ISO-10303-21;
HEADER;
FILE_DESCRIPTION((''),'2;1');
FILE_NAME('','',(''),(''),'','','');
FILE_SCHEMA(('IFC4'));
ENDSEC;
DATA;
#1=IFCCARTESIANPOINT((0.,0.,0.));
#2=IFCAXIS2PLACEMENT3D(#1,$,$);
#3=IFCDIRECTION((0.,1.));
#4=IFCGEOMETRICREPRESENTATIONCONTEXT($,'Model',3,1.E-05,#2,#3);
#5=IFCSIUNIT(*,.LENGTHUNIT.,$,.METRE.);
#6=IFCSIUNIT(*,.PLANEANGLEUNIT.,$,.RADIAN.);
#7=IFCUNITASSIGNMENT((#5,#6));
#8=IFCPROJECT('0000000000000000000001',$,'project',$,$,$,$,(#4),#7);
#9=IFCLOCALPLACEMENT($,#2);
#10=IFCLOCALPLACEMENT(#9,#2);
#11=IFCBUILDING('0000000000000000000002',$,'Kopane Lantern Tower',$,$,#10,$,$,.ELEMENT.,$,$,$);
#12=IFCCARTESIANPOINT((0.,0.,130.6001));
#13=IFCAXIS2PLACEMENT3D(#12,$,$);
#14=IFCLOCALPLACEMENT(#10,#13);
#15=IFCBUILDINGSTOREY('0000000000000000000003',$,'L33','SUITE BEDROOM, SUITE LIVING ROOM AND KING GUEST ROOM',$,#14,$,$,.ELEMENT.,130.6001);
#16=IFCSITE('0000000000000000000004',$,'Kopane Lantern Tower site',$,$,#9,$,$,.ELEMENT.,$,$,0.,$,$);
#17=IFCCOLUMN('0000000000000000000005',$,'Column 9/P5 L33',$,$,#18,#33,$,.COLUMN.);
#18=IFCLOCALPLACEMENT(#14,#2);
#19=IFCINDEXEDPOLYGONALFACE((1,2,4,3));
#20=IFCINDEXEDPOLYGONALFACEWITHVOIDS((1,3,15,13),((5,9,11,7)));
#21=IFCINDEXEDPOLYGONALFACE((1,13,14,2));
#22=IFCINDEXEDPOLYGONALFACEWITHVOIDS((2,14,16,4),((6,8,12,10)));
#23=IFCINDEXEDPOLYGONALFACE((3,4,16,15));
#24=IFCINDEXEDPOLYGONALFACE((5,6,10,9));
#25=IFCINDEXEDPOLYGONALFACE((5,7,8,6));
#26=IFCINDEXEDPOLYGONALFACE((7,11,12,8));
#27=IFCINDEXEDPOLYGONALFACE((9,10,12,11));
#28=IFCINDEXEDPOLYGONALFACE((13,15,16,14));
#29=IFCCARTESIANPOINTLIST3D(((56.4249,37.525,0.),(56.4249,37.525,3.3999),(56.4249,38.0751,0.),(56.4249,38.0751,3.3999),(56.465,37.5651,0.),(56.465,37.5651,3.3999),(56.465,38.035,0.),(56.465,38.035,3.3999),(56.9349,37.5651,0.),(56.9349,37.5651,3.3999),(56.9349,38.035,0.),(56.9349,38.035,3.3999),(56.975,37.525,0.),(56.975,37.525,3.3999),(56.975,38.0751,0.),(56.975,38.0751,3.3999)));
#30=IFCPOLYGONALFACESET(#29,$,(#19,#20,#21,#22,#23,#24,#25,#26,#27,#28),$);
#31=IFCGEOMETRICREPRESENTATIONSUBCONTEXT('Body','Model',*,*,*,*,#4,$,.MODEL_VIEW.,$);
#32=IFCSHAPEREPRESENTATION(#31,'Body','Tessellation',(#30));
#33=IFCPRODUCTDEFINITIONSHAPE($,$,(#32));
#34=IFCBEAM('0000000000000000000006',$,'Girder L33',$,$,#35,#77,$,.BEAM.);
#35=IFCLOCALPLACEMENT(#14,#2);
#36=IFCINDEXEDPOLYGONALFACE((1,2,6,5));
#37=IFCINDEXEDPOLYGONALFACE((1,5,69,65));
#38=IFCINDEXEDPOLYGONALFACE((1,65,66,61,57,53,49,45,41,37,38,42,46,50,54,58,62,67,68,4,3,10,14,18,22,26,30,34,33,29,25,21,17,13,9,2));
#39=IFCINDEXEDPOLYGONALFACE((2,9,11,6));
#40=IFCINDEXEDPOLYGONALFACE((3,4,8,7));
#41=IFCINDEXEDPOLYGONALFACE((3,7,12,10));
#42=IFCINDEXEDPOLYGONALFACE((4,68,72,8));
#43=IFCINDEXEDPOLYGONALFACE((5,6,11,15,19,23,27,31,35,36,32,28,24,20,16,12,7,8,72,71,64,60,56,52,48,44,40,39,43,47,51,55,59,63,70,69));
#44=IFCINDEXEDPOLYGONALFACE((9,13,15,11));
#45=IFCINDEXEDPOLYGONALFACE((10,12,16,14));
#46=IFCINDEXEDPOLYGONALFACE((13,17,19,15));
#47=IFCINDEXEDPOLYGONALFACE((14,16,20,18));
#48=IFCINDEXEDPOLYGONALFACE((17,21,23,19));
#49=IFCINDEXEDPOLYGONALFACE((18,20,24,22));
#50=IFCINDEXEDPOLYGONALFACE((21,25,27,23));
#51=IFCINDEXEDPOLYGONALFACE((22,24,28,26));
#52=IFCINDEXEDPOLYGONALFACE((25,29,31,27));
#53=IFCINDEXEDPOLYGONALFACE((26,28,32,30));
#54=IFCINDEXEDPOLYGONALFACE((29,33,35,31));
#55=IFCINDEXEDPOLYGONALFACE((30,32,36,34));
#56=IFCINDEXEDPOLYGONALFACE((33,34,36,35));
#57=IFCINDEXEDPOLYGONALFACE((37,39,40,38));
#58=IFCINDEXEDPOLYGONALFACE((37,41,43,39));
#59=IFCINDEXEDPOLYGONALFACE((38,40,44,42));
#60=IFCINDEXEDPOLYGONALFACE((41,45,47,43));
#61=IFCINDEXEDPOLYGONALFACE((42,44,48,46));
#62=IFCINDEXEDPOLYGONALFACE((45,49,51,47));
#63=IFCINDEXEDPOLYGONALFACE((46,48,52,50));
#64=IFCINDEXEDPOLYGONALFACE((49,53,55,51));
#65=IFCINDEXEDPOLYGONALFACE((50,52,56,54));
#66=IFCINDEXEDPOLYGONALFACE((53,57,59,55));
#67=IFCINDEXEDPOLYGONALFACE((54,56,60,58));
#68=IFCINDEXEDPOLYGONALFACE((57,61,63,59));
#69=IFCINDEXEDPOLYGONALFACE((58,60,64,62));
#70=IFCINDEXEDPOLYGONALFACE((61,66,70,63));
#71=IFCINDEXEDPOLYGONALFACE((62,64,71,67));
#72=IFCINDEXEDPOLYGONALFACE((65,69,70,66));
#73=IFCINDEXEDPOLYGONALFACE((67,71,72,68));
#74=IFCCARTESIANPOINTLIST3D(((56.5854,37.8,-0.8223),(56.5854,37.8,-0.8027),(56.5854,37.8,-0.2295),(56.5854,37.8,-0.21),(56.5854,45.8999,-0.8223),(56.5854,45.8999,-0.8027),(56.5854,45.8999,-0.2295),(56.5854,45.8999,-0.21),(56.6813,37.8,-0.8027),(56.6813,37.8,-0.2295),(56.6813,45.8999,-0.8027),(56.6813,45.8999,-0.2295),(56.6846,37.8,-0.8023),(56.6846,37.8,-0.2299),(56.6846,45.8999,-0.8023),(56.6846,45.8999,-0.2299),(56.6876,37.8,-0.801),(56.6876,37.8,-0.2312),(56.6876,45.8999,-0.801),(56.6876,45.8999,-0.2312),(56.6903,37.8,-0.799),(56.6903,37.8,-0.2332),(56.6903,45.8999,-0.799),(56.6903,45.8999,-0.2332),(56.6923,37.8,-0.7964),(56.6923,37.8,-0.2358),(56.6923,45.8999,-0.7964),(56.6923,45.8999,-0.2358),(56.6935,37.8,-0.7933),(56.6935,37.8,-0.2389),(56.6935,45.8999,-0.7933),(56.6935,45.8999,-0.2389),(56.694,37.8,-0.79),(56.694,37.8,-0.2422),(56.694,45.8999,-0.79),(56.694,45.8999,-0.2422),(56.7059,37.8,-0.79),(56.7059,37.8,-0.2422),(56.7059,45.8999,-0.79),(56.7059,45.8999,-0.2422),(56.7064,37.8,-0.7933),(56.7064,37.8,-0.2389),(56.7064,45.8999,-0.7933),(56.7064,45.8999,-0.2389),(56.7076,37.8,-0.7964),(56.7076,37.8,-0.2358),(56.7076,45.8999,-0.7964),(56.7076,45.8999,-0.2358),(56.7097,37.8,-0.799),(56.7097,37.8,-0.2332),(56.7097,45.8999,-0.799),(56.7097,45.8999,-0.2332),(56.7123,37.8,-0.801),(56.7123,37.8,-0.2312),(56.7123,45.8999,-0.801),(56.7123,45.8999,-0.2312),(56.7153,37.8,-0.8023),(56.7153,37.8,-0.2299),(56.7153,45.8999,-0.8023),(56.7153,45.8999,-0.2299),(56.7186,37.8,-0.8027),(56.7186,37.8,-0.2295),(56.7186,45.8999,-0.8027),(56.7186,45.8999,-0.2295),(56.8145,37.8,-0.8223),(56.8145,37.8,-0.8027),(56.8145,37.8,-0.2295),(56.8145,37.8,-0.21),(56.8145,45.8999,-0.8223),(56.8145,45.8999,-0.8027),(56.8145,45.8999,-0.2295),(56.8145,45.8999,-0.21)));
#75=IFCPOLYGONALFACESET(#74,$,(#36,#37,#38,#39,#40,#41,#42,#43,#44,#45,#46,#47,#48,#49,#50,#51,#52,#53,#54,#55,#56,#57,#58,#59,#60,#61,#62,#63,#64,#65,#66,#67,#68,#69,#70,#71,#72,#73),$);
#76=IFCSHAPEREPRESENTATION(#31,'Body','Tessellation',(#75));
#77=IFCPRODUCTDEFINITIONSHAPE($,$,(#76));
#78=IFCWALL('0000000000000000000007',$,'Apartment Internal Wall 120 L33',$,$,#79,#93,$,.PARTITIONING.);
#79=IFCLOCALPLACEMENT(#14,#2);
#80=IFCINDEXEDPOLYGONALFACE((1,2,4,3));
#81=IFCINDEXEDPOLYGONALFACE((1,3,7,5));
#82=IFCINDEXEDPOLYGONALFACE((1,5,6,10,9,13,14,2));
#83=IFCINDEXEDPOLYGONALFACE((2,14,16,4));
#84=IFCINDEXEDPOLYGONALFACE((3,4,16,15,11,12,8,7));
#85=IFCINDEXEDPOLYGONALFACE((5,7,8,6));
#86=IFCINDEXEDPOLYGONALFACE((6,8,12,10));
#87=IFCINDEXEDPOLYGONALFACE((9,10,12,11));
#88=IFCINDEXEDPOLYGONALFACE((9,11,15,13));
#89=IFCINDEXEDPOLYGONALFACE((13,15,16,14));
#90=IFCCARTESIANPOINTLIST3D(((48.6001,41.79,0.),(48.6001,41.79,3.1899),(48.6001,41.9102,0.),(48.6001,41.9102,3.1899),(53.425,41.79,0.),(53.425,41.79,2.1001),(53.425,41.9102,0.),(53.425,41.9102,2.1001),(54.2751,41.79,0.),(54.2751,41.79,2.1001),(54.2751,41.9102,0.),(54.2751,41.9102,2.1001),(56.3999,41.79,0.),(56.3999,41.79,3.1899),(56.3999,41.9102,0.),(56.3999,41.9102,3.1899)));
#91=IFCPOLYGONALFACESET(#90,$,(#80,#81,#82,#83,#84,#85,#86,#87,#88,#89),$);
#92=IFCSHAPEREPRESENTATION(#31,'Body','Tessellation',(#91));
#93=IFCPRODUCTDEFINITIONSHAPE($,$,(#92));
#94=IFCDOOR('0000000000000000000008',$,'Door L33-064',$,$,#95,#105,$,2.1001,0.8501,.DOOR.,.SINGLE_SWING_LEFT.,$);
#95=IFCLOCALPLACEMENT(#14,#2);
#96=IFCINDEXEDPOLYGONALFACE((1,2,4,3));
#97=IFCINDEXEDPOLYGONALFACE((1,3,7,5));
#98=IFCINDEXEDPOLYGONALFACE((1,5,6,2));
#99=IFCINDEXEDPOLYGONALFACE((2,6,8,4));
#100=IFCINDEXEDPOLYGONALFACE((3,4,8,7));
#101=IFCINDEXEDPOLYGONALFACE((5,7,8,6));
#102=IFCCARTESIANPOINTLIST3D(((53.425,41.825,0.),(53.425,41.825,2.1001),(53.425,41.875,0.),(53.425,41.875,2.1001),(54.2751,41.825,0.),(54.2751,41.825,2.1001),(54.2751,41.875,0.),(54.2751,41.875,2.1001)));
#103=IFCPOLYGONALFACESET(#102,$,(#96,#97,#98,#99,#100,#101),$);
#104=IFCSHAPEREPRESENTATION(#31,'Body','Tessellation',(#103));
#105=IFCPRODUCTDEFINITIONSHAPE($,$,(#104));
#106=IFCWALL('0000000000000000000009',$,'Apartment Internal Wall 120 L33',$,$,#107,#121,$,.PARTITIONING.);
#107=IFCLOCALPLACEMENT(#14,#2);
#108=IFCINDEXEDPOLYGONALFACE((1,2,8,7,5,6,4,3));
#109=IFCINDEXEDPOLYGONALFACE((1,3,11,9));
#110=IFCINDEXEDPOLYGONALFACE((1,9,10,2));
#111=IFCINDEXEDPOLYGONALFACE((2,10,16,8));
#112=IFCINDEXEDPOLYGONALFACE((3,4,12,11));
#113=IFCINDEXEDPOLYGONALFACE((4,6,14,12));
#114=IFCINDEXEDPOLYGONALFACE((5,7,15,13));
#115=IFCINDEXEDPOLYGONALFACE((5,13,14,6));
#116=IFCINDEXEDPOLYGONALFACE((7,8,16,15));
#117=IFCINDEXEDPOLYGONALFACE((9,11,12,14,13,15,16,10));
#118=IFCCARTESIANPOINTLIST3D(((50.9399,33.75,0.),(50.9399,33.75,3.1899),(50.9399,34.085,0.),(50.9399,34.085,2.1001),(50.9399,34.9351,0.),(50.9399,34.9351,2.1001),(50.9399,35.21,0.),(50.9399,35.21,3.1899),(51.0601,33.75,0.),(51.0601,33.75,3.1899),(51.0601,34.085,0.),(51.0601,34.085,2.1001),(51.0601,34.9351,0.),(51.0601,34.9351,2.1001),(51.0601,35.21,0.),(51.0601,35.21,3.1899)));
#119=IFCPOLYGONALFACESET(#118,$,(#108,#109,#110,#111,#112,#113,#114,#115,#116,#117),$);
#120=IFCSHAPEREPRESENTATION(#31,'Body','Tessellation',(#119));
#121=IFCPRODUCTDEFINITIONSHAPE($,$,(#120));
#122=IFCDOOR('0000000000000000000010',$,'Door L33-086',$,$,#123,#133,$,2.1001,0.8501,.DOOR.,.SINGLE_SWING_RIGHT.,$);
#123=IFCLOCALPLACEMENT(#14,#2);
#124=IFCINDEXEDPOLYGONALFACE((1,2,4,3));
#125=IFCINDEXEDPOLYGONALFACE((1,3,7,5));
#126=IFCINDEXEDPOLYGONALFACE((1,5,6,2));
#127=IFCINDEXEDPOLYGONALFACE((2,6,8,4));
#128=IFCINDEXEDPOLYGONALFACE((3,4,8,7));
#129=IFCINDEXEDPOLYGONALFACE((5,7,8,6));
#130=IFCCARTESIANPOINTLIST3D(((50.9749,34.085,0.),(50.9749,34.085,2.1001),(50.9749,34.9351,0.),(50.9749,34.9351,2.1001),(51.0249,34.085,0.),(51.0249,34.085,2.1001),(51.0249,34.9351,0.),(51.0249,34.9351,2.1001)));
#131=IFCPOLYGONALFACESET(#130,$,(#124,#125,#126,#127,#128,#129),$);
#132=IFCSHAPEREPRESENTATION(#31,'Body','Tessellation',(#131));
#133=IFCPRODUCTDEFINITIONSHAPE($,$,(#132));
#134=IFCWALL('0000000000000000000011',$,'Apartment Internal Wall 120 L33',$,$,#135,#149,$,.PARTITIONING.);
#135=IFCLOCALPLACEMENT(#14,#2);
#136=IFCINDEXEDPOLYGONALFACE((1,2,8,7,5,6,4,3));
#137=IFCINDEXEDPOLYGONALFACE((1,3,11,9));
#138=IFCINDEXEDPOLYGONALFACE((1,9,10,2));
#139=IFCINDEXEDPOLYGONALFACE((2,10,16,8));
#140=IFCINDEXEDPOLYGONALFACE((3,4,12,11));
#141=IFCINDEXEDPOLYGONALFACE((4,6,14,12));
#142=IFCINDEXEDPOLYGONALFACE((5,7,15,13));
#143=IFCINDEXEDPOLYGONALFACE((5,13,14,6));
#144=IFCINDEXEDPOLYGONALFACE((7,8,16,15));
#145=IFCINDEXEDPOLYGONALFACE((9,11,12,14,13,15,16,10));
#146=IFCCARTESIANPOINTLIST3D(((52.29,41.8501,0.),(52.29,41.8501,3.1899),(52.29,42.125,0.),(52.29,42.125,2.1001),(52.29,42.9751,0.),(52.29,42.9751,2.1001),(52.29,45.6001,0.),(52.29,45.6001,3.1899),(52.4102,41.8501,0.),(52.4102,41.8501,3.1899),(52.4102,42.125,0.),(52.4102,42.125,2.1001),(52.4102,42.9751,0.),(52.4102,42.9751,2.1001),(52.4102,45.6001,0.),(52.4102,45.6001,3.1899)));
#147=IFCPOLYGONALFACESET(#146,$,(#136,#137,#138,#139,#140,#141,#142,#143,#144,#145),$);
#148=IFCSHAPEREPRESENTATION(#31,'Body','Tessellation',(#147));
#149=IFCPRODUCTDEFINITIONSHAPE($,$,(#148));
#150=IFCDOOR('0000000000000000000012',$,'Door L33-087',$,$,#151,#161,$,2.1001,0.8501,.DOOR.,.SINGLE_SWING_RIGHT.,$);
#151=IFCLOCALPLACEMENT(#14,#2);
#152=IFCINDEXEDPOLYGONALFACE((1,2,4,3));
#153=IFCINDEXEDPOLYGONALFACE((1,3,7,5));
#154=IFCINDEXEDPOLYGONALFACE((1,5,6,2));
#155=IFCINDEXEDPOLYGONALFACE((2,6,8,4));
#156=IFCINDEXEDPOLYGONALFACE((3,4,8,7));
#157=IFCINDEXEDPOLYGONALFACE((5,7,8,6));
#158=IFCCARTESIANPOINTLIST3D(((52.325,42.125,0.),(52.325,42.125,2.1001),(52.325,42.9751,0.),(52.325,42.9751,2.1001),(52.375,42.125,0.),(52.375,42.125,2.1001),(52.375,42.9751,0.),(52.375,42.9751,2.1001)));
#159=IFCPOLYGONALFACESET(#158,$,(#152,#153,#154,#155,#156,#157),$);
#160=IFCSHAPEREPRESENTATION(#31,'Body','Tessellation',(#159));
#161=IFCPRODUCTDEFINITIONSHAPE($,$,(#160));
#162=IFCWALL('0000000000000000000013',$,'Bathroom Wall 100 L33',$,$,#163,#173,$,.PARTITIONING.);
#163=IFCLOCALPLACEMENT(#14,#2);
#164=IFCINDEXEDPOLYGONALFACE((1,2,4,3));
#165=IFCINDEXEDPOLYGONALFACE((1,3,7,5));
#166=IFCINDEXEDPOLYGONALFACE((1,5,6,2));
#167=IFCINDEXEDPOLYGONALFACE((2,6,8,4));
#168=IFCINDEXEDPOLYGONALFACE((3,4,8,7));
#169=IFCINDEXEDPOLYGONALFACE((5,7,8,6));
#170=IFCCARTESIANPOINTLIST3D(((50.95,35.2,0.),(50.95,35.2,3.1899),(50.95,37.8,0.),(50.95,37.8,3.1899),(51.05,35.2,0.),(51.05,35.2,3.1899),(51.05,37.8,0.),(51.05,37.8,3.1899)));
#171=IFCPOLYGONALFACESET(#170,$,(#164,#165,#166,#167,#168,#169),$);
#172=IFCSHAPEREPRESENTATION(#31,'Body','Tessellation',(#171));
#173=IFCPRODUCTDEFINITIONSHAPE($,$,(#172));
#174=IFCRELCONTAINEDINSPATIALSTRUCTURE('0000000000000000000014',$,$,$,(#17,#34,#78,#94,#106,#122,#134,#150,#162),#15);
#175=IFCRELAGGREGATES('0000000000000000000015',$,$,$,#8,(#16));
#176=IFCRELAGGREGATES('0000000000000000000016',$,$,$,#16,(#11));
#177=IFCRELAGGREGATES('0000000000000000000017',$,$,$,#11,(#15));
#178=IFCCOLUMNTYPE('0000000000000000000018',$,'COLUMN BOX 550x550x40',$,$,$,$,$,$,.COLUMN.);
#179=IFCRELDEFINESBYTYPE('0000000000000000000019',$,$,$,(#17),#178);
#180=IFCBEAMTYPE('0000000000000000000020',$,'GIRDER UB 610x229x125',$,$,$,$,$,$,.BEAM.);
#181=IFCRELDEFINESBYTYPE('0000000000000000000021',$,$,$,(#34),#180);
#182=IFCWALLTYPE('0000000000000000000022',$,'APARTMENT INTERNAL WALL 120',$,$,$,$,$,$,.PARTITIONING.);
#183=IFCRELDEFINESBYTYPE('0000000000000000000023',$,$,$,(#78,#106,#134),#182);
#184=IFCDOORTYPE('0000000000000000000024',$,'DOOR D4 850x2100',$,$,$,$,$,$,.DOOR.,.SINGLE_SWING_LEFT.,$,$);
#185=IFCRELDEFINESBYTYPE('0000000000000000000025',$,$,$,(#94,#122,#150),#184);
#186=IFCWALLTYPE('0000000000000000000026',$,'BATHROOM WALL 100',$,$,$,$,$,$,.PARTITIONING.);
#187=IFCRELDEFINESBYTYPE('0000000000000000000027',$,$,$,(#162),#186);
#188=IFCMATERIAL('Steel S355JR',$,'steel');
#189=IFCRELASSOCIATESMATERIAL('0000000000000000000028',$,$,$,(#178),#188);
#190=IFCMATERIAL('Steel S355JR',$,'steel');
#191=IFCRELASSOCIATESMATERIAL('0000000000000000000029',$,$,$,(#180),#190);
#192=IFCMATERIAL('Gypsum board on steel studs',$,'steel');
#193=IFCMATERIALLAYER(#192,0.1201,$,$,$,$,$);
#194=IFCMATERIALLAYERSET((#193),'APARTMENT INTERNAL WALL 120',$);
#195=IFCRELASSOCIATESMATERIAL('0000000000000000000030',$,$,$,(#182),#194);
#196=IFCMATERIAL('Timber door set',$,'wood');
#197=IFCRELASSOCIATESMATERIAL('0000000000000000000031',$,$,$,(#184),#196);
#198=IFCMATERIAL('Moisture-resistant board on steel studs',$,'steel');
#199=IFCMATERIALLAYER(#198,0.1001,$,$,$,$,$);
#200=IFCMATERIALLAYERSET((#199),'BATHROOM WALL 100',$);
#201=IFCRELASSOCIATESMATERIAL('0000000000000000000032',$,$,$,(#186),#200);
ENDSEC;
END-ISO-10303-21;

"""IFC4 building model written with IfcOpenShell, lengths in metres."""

from ifc_helpers import new_model, si_unit, direction, frame, frame_2d, origin, origin_2d, place, context, subcontext, project, spatial, rectangle, hollow_rectangle, i_section, extrude, material, layer, layer_set, material_profile, profile_set, type_object, element, fill, save


model = new_model("IFC4")

# Units and contexts
model_context = context("Model", 3, precision=1e-05, world=origin(), true_north=direction((0.0, 1.0)))
body_context = subcontext(model_context, "Body", "Model", "MODEL_VIEW")
ifc_project = project(units=[si_unit("LENGTHUNIT", "METRE"), si_unit("PLANEANGLEUNIT", "RADIAN")], contexts=[model_context])

# Site, building, storey
site_placement = place(None, origin())
site = spatial("IfcSite", under=ifc_project, at=site_placement, Name="Kopane Lantern Tower site", CompositionType="ELEMENT", RefElevation=0.0)
building_placement = place(site_placement, origin())
building = spatial("IfcBuilding", under=site, at=building_placement, Name="Kopane Lantern Tower", CompositionType="ELEMENT")
storey_placement = place(building_placement, frame((0.0, 0.0, 130.6001)))
storey = spatial("IfcBuildingStorey", under=building, at=storey_placement, Name="L33", Description="SUITE BEDROOM, SUITE LIVING ROOM AND KING GUEST ROOM", CompositionType="ELEMENT", Elevation=130.6001)

# Column
ifc_material_1 = material(Name="Steel S355JR", Category="steel")
ifc_material_profile_1 = material_profile(ifc_material_1, hollow_rectangle(XDim=0.55, YDim=0.55, WallThickness=0.04, at=origin_2d()), Name="BOX 550x550x40")
ifc_profile_set_1 = profile_set([ifc_material_profile_1], Name="Steel S355JR")
column_type = type_object("IfcColumnType", Name="COLUMN BOX 550x550x40", PredefinedType="COLUMN", material=ifc_profile_set_1)
column_placement = place(storey_placement, frame((56.7, 37.8, 0.0), z_axis=(0.0, 0.0, 1.0), x_axis=(1.0, 0.0, 0.0)))
element("IfcColumn", 1, at=column_placement, inside=storey, type_object=column_type, Name="Column 9/P5 L33", PredefinedType="COLUMN", context=body_context, shape_type="SweptSolid", body=[
    extrude(hollow_rectangle(XDim=0.55, YDim=0.55, WallThickness=0.04, at=origin_2d()), origin(), (0.0, 0.0, 1.0), 3.3999),
])

# Beam
ifc_material_2 = material(Name="Steel S355JR", Category="steel")
ifc_material_profile_2 = material_profile(ifc_material_2, i_section(OverallWidth=0.229, OverallDepth=0.6123, WebThickness=0.012, FlangeThickness=0.0195, FilletRadius=0.0127, at=origin_2d()), Name="UB 610x229x125")
ifc_profile_set_2 = profile_set([ifc_material_profile_2], Name="Steel S355JR")
beam_type = type_object("IfcBeamType", Name="GIRDER UB 610x229x125", PredefinedType="BEAM", material=ifc_profile_set_2)
beam_placement = place(storey_placement, frame((56.7, 37.8, -0.5161), z_axis=(0.0, 1.0, 0.0), x_axis=(-1.0, 0.0, 0.0)))
element("IfcBeam", 2, at=beam_placement, inside=storey, type_object=beam_type, Name="Girder L33", PredefinedType="BEAM", context=body_context, shape_type="SweptSolid", body=[
    extrude(i_section(OverallWidth=0.229, OverallDepth=0.6123, WebThickness=0.012, FlangeThickness=0.0195, FilletRadius=0.0127, at=origin_2d()), origin(), (0.0, 0.0, 1.0), 8.0999),
])

# Walls, openings, doors
ifc_material_3 = material(Name="Gypsum board on steel studs", Category="steel")
ifc_layer_1 = layer(ifc_material_3, 0.1201)
ifc_layer_set_1 = layer_set([ifc_layer_1], Name="APARTMENT INTERNAL WALL 120")
wall_type_1 = type_object("IfcWallType", Name="APARTMENT INTERNAL WALL 120", PredefinedType="PARTITIONING", material=ifc_layer_set_1)
wall_1_placement = place(storey_placement, frame((48.6001, 41.8501, 0.0), z_axis=(0.0, 0.0, 1.0), x_axis=(1.0, 0.0, 0.0)))
wall_1 = element("IfcWall", 3, at=wall_1_placement, inside=storey, type_object=wall_type_1, Name="Apartment Internal Wall 120 L33", PredefinedType="PARTITIONING", context=body_context, shape_type="SweptSolid", body=[
    extrude(rectangle(XDim=7.7998, YDim=0.1201, at=frame_2d((3.8999, 0.0))), origin(), (0.0, 0.0, 1.0), 3.1899),
])
opening_1_placement = place(wall_1_placement, frame((4.825, 0.0, 0.0)))
opening_1 = element("IfcOpeningElement", 4, at=opening_1_placement, cuts=wall_1, PredefinedType="OPENING", context=body_context, shape_type="SweptSolid", body=[
    extrude(rectangle(XDim=0.8501, YDim=2.1001, at=frame_2d((0.425, 1.05))), frame((0.0, 0.0701, 0.0), z_axis=(0.0, -1.0, 0.0), x_axis=(1.0, 0.0, 0.0)), (0.0, 0.0, 1.0), 0.1401),
])
ifc_material_4 = material(Name="Timber door set", Category="wood")
door_type_1 = type_object("IfcDoorType", Name="DOOR D4 850x2100", OperationType="SINGLE_SWING_LEFT", PredefinedType="DOOR", material=ifc_material_4)
door_1_placement = place(opening_1_placement, origin())
door_1 = element("IfcDoor", 5, at=door_1_placement, inside=storey, type_object=door_type_1, Name="Door L33-064", OperationType="SINGLE_SWING_LEFT", OverallHeight=2.1001, OverallWidth=0.8501, PredefinedType="DOOR", context=body_context, shape_type="SweptSolid", body=[
    extrude(rectangle(XDim=0.8501, YDim=2.1001, at=frame_2d((0.425, 1.05))), frame((0.0, 0.0249, 0.0), z_axis=(0.0, -1.0, 0.0), x_axis=(1.0, 0.0, 0.0)), (0.0, 0.0, 1.0), 0.05),
])
fill(opening_1, door_1)
wall_2_placement = place(storey_placement, frame((51.0, 35.21, 0.0), z_axis=(0.0, 0.0, 1.0), x_axis=(0.0, -1.0, 0.0)))
wall_2 = element("IfcWall", 6, at=wall_2_placement, inside=storey, type_object=wall_type_1, Name="Apartment Internal Wall 120 L33", PredefinedType="PARTITIONING", context=body_context, shape_type="SweptSolid", body=[
    extrude(rectangle(XDim=1.46, YDim=0.1201, at=frame_2d((0.73, 0.0))), origin(), (0.0, 0.0, 1.0), 3.1899),
])
opening_2_placement = place(wall_2_placement, frame((0.2749, 0.0, 0.0)))
opening_2 = element("IfcOpeningElement", 7, at=opening_2_placement, cuts=wall_2, PredefinedType="OPENING", context=body_context, shape_type="SweptSolid", body=[
    extrude(rectangle(XDim=0.8501, YDim=2.1001, at=frame_2d((0.425, 1.05))), frame((0.0, 0.0701, 0.0), z_axis=(0.0, -1.0, 0.0), x_axis=(1.0, 0.0, 0.0)), (0.0, 0.0, 1.0), 0.1401),
])
door_2_placement = place(opening_2_placement, origin())
door_2 = element("IfcDoor", 8, at=door_2_placement, inside=storey, type_object=door_type_1, Name="Door L33-086", OperationType="SINGLE_SWING_RIGHT", OverallHeight=2.1001, OverallWidth=0.8501, PredefinedType="DOOR", context=body_context, shape_type="SweptSolid", body=[
    extrude(rectangle(XDim=0.8501, YDim=2.1001, at=frame_2d((0.425, 1.05))), frame((0.0, 0.0249, 0.0), z_axis=(0.0, -1.0, 0.0), x_axis=(1.0, 0.0, 0.0)), (0.0, 0.0, 1.0), 0.05),
])
fill(opening_2, door_2)
wall_3_placement = place(storey_placement, frame((52.3501, 45.6001, 0.0), z_axis=(0.0, 0.0, 1.0), x_axis=(0.0, -1.0, 0.0)))
wall_3 = element("IfcWall", 9, at=wall_3_placement, inside=storey, type_object=wall_type_1, Name="Apartment Internal Wall 120 L33", PredefinedType="PARTITIONING", context=body_context, shape_type="SweptSolid", body=[
    extrude(rectangle(XDim=3.75, YDim=0.1201, at=frame_2d((1.875, 0.0))), origin(), (0.0, 0.0, 1.0), 3.1899),
])
opening_3_placement = place(wall_3_placement, frame((2.625, 0.0, 0.0)))
opening_3 = element("IfcOpeningElement", 10, at=opening_3_placement, cuts=wall_3, PredefinedType="OPENING", context=body_context, shape_type="SweptSolid", body=[
    extrude(rectangle(XDim=0.8501, YDim=2.1001, at=frame_2d((0.425, 1.05))), frame((0.0, 0.0701, 0.0), z_axis=(0.0, -1.0, 0.0), x_axis=(1.0, 0.0, 0.0)), (0.0, 0.0, 1.0), 0.1401),
])
door_3_placement = place(opening_3_placement, origin())
door_3 = element("IfcDoor", 11, at=door_3_placement, inside=storey, type_object=door_type_1, Name="Door L33-087", OperationType="SINGLE_SWING_RIGHT", OverallHeight=2.1001, OverallWidth=0.8501, PredefinedType="DOOR", context=body_context, shape_type="SweptSolid", body=[
    extrude(rectangle(XDim=0.8501, YDim=2.1001, at=frame_2d((0.425, 1.05))), frame((0.0, 0.0249, 0.0), z_axis=(0.0, -1.0, 0.0), x_axis=(1.0, 0.0, 0.0)), (0.0, 0.0, 1.0), 0.05),
])
fill(opening_3, door_3)

# Wall
ifc_material_5 = material(Name="Moisture-resistant board on steel studs", Category="steel")
ifc_layer_2 = layer(ifc_material_5, 0.1001)
ifc_layer_set_2 = layer_set([ifc_layer_2], Name="BATHROOM WALL 100")
wall_type_2 = type_object("IfcWallType", Name="BATHROOM WALL 100", PredefinedType="PARTITIONING", material=ifc_layer_set_2)
wall_4_placement = place(storey_placement, frame((51.0, 35.2, 0.0), z_axis=(0.0, 0.0, 1.0), x_axis=(0.0, 1.0, 0.0)))
element("IfcWall", 12, at=wall_4_placement, inside=storey, type_object=wall_type_2, Name="Bathroom Wall 100 L33", PredefinedType="PARTITIONING", context=body_context, shape_type="SweptSolid", body=[
    extrude(rectangle(XDim=2.6001, YDim=0.1001, at=frame_2d((1.3, 0.0))), origin(), (0.0, 0.0, 1.0), 3.1899),
])

save(model, "model.ifc")
